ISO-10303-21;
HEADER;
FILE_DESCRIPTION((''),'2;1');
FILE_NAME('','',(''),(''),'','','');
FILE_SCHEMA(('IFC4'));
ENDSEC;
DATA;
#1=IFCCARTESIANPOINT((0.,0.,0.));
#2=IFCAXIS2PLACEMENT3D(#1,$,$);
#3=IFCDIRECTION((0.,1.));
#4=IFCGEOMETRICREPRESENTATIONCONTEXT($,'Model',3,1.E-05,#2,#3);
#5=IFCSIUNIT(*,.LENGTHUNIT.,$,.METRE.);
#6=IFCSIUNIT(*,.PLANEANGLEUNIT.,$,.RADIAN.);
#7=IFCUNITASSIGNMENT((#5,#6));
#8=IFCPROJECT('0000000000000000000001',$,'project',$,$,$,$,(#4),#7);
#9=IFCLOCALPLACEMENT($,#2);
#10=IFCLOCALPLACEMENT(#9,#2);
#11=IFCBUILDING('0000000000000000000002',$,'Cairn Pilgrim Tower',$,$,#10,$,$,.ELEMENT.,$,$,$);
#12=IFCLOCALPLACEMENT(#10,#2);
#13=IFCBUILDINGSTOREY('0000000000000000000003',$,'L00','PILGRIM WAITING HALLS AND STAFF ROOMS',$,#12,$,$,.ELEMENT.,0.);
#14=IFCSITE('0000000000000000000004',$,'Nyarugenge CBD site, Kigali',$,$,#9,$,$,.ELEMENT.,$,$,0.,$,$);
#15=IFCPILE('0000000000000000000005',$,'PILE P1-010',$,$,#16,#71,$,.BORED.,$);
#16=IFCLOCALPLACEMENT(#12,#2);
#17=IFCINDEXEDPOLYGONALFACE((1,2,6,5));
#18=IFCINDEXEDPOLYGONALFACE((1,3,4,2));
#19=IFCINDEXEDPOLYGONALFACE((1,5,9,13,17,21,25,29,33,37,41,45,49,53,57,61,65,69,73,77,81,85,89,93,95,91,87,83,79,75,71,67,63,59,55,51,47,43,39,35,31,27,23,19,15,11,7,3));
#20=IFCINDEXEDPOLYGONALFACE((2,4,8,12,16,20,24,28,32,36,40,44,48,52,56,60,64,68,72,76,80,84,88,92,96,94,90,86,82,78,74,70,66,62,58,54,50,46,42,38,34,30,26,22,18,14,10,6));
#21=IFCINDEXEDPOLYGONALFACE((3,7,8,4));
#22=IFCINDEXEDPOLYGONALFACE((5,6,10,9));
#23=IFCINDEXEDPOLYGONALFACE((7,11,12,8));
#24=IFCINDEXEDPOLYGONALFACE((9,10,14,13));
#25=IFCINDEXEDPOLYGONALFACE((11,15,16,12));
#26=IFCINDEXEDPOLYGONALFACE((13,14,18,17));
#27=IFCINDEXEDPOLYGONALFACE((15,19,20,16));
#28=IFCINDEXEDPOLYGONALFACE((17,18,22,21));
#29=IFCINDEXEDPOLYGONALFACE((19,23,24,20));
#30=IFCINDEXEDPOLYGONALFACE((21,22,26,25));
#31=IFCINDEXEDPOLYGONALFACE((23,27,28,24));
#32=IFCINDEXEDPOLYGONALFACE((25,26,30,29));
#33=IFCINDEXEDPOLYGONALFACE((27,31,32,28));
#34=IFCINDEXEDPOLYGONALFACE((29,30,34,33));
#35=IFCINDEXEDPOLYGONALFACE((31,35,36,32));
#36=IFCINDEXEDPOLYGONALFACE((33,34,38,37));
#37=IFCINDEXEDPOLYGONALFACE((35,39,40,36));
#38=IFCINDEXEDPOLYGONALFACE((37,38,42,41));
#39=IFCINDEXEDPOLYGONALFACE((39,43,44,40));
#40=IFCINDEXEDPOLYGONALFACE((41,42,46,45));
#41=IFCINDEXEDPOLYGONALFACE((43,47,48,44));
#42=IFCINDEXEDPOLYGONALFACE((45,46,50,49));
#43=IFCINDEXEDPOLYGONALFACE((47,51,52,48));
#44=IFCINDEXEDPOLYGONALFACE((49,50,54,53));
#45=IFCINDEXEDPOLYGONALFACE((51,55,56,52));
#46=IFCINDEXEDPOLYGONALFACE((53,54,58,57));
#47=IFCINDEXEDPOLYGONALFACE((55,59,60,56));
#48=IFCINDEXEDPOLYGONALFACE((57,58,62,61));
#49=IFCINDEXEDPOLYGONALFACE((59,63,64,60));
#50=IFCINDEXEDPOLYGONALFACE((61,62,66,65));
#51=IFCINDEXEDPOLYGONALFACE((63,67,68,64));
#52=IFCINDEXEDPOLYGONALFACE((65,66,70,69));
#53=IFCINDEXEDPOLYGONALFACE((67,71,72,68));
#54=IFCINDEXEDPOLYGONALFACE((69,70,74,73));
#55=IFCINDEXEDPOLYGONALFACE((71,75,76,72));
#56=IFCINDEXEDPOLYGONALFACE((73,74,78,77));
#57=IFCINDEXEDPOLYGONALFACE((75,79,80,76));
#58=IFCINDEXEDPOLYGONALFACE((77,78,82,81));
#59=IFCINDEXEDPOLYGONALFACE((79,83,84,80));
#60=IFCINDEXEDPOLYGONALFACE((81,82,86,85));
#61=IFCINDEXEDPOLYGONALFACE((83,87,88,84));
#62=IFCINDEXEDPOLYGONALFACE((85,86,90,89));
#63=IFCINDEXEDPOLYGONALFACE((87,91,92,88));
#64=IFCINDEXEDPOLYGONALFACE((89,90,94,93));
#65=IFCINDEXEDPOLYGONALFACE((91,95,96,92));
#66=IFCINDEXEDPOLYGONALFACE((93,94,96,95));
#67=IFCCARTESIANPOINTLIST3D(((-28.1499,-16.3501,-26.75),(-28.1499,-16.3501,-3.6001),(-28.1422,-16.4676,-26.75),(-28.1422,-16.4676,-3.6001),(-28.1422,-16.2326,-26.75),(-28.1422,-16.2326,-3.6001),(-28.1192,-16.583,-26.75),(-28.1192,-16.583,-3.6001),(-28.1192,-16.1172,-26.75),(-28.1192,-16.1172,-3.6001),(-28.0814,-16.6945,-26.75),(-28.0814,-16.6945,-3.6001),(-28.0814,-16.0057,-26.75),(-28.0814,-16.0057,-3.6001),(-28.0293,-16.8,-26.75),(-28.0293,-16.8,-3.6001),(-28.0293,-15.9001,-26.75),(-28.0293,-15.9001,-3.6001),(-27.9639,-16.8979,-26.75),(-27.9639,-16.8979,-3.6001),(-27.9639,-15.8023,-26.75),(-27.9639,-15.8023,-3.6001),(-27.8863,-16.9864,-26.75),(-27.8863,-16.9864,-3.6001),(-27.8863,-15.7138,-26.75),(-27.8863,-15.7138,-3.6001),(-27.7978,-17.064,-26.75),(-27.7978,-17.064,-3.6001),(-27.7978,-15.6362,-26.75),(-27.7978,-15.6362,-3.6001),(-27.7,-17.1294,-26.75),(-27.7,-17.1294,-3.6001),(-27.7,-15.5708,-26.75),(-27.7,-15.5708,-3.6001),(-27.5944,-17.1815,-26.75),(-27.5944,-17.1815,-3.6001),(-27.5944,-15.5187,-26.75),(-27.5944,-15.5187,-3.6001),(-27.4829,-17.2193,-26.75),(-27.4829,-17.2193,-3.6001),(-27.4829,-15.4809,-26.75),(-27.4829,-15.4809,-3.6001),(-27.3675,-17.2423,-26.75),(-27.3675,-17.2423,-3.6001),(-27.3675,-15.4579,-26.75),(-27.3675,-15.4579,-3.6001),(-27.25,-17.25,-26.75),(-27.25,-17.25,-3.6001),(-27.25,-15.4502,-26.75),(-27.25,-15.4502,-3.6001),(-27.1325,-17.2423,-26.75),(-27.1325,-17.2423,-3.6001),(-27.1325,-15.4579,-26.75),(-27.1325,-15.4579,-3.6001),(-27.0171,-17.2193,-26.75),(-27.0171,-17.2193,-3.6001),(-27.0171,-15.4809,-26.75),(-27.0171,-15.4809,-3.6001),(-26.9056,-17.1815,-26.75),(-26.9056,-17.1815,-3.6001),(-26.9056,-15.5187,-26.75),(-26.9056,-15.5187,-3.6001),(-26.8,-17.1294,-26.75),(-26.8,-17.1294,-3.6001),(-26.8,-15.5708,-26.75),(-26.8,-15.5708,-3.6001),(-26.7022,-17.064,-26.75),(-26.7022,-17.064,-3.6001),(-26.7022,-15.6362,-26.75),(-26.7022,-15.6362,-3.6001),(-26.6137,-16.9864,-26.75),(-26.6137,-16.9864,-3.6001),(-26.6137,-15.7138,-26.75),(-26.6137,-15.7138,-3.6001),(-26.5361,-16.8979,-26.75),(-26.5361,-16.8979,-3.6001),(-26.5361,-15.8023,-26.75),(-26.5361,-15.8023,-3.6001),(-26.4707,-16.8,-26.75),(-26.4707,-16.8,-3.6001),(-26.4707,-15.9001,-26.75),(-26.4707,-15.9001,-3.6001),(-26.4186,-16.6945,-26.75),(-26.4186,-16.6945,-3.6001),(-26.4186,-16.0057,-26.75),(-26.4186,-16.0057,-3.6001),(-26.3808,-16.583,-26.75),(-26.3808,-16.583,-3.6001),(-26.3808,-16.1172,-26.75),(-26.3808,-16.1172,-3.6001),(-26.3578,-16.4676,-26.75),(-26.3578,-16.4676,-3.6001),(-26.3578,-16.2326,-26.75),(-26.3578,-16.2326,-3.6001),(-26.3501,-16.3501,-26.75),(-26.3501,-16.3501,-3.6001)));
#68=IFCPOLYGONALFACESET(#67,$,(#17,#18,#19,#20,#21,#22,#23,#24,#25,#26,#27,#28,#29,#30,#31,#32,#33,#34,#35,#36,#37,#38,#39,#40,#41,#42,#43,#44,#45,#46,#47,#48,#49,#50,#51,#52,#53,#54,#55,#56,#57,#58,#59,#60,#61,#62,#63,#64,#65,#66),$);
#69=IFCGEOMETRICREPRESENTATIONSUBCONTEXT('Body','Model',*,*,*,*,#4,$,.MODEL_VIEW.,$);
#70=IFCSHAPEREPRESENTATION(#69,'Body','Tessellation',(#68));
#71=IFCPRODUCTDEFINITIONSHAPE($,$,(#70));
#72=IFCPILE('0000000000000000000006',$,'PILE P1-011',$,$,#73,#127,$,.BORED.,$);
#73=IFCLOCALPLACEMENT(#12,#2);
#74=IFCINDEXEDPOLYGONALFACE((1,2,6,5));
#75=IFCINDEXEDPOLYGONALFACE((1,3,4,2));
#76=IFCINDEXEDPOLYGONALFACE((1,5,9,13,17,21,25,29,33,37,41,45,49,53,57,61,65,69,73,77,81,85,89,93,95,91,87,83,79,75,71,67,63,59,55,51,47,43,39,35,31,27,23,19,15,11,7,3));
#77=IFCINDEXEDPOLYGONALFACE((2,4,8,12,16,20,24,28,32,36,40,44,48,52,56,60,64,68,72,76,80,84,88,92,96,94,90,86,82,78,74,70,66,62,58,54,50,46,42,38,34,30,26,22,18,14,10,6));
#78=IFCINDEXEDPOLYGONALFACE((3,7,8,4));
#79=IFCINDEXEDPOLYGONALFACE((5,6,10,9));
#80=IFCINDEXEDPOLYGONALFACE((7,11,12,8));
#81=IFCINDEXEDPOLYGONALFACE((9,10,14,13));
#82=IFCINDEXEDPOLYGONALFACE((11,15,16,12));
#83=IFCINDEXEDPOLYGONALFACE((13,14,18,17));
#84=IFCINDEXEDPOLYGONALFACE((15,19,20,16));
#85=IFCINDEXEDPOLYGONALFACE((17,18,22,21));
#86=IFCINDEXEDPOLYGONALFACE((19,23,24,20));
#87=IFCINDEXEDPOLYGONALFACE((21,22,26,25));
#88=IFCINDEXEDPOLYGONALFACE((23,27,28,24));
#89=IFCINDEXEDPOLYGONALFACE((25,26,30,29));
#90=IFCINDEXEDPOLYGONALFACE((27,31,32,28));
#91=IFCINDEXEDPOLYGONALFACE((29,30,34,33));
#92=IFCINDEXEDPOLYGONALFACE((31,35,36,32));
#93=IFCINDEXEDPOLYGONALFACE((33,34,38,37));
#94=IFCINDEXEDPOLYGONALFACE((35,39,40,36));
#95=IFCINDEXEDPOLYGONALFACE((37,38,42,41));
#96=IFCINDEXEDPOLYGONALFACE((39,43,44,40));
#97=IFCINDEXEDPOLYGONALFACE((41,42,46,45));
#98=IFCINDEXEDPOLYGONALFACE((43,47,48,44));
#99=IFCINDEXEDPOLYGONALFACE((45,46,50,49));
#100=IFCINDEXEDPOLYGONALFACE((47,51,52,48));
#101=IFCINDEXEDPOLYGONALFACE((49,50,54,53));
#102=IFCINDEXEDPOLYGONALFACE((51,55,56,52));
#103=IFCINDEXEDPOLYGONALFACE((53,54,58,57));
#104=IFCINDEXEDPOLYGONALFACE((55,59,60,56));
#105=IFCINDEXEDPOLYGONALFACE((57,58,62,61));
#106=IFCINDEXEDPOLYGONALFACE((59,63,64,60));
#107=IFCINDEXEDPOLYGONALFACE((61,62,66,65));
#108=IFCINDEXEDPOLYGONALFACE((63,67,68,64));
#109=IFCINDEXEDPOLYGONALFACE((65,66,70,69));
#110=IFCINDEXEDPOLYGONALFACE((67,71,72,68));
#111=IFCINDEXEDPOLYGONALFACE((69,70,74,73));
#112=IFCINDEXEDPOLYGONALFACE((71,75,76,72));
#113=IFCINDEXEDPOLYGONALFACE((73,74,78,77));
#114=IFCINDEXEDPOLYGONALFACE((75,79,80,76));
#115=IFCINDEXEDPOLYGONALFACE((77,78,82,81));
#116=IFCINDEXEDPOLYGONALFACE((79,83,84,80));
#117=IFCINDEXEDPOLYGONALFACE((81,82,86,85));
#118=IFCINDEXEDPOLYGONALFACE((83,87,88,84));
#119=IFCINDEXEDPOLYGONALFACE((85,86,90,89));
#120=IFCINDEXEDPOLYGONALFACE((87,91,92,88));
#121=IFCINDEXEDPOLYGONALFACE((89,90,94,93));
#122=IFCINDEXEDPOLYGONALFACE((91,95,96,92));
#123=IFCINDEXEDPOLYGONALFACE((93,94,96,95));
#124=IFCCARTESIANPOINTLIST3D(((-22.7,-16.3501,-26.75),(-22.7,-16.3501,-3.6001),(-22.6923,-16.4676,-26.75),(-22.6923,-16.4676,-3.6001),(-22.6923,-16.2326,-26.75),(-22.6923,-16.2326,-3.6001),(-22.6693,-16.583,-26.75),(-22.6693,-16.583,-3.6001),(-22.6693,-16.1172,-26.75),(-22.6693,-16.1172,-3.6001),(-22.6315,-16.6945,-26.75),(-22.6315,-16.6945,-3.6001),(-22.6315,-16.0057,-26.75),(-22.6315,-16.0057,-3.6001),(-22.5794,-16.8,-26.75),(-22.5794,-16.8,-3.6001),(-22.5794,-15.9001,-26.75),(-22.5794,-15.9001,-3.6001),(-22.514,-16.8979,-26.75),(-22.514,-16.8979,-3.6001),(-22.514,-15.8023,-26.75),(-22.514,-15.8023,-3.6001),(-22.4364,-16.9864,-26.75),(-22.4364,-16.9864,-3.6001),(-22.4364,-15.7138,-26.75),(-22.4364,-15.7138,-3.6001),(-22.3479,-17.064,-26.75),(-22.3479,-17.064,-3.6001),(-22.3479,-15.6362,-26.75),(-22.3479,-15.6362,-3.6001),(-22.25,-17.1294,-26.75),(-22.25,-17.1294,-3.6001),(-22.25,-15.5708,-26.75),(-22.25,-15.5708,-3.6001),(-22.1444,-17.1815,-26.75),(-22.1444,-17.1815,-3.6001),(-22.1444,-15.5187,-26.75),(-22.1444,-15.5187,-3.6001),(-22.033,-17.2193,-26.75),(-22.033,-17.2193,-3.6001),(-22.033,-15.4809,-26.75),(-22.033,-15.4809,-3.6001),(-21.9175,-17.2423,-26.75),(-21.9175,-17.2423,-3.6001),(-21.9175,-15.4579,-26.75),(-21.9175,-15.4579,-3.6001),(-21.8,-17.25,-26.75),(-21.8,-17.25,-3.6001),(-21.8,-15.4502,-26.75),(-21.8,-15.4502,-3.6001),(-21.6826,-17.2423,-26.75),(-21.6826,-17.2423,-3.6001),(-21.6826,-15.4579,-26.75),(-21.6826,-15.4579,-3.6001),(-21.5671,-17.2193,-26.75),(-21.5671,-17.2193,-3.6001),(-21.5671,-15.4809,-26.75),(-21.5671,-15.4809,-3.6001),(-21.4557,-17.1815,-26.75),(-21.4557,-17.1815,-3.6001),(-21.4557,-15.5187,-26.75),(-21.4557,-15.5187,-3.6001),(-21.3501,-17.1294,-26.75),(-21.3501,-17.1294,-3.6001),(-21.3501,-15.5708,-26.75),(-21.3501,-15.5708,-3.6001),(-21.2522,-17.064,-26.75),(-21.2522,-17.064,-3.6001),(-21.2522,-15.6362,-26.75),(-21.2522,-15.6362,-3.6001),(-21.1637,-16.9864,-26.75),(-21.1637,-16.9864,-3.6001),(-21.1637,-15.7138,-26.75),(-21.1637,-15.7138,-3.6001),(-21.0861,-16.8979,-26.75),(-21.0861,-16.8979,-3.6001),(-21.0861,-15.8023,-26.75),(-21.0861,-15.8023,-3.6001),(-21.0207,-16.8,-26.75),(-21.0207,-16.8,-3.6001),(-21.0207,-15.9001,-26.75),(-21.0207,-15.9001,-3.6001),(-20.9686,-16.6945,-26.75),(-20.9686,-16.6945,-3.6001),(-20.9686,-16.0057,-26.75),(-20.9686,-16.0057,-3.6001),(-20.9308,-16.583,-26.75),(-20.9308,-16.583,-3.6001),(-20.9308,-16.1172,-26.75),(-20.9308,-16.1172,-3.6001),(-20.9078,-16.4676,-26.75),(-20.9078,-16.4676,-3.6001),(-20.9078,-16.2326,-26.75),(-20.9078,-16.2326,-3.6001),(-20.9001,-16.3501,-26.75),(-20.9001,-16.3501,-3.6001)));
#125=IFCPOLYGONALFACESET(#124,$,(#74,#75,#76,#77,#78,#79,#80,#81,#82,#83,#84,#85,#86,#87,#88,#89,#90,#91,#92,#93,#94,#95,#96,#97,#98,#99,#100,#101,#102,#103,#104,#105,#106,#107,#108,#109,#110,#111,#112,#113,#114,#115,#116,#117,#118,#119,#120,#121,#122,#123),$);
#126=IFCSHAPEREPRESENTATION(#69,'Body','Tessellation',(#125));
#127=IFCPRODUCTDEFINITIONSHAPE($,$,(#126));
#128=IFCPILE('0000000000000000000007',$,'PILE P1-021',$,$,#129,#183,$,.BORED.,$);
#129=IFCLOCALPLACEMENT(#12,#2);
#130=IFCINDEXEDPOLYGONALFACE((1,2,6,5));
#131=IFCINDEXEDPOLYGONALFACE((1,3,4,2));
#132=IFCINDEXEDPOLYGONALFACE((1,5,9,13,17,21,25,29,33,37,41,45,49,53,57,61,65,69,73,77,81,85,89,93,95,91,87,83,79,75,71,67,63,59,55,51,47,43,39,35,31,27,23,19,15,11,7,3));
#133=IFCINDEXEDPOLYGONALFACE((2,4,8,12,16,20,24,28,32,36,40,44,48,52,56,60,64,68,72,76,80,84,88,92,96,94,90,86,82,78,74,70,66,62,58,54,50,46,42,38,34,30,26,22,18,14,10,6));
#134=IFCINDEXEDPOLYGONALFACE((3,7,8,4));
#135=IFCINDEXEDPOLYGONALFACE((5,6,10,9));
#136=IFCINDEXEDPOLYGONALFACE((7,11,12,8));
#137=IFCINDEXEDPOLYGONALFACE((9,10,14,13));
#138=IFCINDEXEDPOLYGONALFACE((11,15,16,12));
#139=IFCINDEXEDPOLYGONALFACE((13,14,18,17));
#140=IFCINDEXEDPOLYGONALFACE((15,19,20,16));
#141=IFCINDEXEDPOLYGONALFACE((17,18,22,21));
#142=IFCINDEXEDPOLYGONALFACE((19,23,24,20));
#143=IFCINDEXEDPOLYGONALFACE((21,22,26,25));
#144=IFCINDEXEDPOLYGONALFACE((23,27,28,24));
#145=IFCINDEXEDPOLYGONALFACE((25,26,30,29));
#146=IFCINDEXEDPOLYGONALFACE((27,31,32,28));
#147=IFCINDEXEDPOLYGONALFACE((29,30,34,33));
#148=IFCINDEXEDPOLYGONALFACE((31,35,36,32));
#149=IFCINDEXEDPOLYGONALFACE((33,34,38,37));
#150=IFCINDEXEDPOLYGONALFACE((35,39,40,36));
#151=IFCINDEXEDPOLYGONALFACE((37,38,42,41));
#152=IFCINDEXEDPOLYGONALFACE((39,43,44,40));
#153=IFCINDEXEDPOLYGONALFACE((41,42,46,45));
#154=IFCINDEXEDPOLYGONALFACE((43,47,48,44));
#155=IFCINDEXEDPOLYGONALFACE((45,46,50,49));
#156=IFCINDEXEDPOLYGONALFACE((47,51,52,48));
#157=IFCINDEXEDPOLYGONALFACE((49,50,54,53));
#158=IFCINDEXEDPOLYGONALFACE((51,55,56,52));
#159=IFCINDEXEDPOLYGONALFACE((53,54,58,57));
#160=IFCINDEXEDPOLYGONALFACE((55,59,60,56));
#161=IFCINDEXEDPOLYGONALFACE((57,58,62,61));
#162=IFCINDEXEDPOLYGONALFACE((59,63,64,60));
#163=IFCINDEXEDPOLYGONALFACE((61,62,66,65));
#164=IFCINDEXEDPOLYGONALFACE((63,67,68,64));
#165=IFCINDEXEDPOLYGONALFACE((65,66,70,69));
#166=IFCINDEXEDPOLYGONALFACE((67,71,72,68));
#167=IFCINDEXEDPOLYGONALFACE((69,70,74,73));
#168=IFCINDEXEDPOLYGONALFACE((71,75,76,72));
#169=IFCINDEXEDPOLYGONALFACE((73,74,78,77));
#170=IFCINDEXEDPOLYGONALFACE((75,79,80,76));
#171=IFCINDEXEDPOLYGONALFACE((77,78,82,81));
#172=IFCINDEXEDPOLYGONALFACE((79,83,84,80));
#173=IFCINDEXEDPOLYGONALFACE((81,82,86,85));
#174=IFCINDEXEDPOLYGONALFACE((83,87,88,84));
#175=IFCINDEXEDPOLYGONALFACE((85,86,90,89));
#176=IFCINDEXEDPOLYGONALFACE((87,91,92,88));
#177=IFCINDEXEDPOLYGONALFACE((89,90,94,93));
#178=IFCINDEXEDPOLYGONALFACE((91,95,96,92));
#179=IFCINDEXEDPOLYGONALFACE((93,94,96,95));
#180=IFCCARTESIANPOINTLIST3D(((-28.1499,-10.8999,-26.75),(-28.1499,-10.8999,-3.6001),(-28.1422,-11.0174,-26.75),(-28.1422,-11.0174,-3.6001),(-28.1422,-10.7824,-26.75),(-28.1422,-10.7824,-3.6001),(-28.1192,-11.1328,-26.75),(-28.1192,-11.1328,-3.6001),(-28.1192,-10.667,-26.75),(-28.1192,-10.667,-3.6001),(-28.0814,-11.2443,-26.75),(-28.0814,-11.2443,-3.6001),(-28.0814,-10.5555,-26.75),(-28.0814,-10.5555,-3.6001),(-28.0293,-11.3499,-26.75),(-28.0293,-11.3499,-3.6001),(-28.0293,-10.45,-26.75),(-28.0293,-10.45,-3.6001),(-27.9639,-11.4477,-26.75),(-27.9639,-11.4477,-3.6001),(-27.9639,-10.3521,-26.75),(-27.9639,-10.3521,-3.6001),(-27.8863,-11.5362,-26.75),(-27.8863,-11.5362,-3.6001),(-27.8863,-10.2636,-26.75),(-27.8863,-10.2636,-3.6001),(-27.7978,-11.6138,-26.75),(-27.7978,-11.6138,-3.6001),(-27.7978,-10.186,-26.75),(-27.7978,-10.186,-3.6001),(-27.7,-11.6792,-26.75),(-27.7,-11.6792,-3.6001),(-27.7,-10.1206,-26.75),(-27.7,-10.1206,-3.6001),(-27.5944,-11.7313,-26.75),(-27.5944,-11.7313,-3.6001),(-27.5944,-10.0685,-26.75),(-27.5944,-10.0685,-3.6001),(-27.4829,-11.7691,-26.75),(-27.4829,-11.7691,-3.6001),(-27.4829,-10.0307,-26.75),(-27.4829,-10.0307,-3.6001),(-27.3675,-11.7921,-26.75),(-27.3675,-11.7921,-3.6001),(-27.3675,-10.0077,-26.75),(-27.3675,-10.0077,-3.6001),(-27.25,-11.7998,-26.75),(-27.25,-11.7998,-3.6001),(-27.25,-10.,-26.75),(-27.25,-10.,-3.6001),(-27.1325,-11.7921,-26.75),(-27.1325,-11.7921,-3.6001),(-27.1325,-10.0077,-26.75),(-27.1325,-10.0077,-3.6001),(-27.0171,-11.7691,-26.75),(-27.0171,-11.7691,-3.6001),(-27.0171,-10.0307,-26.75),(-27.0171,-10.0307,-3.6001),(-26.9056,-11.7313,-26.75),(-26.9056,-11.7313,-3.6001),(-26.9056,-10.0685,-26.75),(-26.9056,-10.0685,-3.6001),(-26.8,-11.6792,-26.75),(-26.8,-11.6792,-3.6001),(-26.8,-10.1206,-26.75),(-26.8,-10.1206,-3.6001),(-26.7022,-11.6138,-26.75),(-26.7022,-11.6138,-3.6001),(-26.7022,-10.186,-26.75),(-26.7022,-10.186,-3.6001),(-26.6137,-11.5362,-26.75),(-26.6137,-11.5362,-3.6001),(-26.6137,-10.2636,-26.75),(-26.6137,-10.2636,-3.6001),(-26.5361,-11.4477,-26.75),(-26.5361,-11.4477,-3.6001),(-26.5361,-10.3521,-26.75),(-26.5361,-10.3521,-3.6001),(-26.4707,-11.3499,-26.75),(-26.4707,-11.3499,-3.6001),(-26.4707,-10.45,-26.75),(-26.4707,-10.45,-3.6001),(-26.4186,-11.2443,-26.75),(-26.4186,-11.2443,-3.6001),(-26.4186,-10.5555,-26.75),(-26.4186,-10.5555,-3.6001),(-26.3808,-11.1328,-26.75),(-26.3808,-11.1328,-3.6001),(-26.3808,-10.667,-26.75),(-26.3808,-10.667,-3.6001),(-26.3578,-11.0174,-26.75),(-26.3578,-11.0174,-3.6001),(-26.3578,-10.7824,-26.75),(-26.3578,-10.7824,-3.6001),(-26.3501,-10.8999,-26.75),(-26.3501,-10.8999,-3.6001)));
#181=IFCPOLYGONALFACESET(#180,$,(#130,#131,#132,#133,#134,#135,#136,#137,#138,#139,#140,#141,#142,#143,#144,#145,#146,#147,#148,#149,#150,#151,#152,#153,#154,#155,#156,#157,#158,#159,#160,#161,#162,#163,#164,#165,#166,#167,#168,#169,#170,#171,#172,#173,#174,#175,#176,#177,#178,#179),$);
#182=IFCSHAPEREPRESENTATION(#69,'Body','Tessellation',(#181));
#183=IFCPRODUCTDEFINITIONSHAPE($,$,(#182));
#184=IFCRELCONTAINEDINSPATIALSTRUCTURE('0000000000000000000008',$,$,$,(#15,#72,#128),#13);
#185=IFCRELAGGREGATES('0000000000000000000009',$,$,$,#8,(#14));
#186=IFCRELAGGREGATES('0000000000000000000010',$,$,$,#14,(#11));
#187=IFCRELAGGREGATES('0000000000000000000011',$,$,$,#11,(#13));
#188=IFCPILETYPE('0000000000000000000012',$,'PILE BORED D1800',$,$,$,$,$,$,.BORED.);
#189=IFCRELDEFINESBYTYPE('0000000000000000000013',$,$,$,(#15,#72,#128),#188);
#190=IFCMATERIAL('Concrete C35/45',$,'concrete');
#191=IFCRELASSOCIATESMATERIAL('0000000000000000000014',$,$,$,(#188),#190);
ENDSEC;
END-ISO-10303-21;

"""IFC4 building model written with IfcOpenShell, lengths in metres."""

from ifc_helpers import new_model, si_unit, direction, frame, origin, origin_2d, place, context, subcontext, project, spatial, circle, extrude, material, material_profile, profile_set, type_object, element, save


model = new_model("IFC4")

# Units and contexts
model_context = context("Model", 3, precision=1e-05, world=origin(), true_north=direction((0.0, 1.0)))
body_context = subcontext(model_context, "Body", "Model", "MODEL_VIEW")
ifc_project = project(units=[si_unit("LENGTHUNIT", "METRE"), si_unit("PLANEANGLEUNIT", "RADIAN")], contexts=[model_context])

# Site, building, storey
site_placement = place(None, origin())
site = spatial("IfcSite", under=ifc_project, at=site_placement, Name="Nyarugenge CBD site, Kigali", CompositionType="ELEMENT", RefElevation=0.0)
building_placement = place(site_placement, origin())
building = spatial("IfcBuilding", under=site, at=building_placement, Name="Cairn Pilgrim Tower", CompositionType="ELEMENT")
storey_placement = place(building_placement, origin())
storey = spatial("IfcBuildingStorey", under=building, at=storey_placement, Name="L00", Description="PILGRIM WAITING HALLS AND STAFF ROOMS", CompositionType="ELEMENT", Elevation=0.0)

# Piles
ifc_material_1 = material(Name="Concrete C35/45", Category="concrete")
ifc_material_profile_1 = material_profile(ifc_material_1, circle(Radius=0.8999, at=origin_2d()), Name="D1800")
ifc_profile_set_1 = profile_set([ifc_material_profile_1], Name="Concrete C35/45")
pile_type = type_object("IfcPileType", Name="PILE BORED D1800", PredefinedType="BORED", material=ifc_profile_set_1)
for number, where, z_axis, x_axis, name in (
    (1, (-27.25, -16.3501, -3.6001), (0.0, 0.0, -1.0), (1.0, 0.0, 0.0), "PILE P1-010"),
    (2, (-21.8, -16.3501, -3.6001), (0.0, 0.0, -1.0), (1.0, 0.0, 0.0), "PILE P1-011"),
    (3, (-27.25, -10.8999, -3.6001), (0.0, 0.0, -1.0), (1.0, 0.0, 0.0), "PILE P1-021"),
):
    element("IfcPile", number, at=place(storey_placement, frame(where, z_axis=z_axis, x_axis=x_axis)), inside=storey, type_object=pile_type, Name=name, PredefinedType="BORED", context=body_context, shape_type="SweptSolid", body=[
        extrude(circle(Radius=0.8999, at=origin_2d()), origin(), (0.0, 0.0, 1.0), 23.1499),
    ])

save(model, "model.ifc")
